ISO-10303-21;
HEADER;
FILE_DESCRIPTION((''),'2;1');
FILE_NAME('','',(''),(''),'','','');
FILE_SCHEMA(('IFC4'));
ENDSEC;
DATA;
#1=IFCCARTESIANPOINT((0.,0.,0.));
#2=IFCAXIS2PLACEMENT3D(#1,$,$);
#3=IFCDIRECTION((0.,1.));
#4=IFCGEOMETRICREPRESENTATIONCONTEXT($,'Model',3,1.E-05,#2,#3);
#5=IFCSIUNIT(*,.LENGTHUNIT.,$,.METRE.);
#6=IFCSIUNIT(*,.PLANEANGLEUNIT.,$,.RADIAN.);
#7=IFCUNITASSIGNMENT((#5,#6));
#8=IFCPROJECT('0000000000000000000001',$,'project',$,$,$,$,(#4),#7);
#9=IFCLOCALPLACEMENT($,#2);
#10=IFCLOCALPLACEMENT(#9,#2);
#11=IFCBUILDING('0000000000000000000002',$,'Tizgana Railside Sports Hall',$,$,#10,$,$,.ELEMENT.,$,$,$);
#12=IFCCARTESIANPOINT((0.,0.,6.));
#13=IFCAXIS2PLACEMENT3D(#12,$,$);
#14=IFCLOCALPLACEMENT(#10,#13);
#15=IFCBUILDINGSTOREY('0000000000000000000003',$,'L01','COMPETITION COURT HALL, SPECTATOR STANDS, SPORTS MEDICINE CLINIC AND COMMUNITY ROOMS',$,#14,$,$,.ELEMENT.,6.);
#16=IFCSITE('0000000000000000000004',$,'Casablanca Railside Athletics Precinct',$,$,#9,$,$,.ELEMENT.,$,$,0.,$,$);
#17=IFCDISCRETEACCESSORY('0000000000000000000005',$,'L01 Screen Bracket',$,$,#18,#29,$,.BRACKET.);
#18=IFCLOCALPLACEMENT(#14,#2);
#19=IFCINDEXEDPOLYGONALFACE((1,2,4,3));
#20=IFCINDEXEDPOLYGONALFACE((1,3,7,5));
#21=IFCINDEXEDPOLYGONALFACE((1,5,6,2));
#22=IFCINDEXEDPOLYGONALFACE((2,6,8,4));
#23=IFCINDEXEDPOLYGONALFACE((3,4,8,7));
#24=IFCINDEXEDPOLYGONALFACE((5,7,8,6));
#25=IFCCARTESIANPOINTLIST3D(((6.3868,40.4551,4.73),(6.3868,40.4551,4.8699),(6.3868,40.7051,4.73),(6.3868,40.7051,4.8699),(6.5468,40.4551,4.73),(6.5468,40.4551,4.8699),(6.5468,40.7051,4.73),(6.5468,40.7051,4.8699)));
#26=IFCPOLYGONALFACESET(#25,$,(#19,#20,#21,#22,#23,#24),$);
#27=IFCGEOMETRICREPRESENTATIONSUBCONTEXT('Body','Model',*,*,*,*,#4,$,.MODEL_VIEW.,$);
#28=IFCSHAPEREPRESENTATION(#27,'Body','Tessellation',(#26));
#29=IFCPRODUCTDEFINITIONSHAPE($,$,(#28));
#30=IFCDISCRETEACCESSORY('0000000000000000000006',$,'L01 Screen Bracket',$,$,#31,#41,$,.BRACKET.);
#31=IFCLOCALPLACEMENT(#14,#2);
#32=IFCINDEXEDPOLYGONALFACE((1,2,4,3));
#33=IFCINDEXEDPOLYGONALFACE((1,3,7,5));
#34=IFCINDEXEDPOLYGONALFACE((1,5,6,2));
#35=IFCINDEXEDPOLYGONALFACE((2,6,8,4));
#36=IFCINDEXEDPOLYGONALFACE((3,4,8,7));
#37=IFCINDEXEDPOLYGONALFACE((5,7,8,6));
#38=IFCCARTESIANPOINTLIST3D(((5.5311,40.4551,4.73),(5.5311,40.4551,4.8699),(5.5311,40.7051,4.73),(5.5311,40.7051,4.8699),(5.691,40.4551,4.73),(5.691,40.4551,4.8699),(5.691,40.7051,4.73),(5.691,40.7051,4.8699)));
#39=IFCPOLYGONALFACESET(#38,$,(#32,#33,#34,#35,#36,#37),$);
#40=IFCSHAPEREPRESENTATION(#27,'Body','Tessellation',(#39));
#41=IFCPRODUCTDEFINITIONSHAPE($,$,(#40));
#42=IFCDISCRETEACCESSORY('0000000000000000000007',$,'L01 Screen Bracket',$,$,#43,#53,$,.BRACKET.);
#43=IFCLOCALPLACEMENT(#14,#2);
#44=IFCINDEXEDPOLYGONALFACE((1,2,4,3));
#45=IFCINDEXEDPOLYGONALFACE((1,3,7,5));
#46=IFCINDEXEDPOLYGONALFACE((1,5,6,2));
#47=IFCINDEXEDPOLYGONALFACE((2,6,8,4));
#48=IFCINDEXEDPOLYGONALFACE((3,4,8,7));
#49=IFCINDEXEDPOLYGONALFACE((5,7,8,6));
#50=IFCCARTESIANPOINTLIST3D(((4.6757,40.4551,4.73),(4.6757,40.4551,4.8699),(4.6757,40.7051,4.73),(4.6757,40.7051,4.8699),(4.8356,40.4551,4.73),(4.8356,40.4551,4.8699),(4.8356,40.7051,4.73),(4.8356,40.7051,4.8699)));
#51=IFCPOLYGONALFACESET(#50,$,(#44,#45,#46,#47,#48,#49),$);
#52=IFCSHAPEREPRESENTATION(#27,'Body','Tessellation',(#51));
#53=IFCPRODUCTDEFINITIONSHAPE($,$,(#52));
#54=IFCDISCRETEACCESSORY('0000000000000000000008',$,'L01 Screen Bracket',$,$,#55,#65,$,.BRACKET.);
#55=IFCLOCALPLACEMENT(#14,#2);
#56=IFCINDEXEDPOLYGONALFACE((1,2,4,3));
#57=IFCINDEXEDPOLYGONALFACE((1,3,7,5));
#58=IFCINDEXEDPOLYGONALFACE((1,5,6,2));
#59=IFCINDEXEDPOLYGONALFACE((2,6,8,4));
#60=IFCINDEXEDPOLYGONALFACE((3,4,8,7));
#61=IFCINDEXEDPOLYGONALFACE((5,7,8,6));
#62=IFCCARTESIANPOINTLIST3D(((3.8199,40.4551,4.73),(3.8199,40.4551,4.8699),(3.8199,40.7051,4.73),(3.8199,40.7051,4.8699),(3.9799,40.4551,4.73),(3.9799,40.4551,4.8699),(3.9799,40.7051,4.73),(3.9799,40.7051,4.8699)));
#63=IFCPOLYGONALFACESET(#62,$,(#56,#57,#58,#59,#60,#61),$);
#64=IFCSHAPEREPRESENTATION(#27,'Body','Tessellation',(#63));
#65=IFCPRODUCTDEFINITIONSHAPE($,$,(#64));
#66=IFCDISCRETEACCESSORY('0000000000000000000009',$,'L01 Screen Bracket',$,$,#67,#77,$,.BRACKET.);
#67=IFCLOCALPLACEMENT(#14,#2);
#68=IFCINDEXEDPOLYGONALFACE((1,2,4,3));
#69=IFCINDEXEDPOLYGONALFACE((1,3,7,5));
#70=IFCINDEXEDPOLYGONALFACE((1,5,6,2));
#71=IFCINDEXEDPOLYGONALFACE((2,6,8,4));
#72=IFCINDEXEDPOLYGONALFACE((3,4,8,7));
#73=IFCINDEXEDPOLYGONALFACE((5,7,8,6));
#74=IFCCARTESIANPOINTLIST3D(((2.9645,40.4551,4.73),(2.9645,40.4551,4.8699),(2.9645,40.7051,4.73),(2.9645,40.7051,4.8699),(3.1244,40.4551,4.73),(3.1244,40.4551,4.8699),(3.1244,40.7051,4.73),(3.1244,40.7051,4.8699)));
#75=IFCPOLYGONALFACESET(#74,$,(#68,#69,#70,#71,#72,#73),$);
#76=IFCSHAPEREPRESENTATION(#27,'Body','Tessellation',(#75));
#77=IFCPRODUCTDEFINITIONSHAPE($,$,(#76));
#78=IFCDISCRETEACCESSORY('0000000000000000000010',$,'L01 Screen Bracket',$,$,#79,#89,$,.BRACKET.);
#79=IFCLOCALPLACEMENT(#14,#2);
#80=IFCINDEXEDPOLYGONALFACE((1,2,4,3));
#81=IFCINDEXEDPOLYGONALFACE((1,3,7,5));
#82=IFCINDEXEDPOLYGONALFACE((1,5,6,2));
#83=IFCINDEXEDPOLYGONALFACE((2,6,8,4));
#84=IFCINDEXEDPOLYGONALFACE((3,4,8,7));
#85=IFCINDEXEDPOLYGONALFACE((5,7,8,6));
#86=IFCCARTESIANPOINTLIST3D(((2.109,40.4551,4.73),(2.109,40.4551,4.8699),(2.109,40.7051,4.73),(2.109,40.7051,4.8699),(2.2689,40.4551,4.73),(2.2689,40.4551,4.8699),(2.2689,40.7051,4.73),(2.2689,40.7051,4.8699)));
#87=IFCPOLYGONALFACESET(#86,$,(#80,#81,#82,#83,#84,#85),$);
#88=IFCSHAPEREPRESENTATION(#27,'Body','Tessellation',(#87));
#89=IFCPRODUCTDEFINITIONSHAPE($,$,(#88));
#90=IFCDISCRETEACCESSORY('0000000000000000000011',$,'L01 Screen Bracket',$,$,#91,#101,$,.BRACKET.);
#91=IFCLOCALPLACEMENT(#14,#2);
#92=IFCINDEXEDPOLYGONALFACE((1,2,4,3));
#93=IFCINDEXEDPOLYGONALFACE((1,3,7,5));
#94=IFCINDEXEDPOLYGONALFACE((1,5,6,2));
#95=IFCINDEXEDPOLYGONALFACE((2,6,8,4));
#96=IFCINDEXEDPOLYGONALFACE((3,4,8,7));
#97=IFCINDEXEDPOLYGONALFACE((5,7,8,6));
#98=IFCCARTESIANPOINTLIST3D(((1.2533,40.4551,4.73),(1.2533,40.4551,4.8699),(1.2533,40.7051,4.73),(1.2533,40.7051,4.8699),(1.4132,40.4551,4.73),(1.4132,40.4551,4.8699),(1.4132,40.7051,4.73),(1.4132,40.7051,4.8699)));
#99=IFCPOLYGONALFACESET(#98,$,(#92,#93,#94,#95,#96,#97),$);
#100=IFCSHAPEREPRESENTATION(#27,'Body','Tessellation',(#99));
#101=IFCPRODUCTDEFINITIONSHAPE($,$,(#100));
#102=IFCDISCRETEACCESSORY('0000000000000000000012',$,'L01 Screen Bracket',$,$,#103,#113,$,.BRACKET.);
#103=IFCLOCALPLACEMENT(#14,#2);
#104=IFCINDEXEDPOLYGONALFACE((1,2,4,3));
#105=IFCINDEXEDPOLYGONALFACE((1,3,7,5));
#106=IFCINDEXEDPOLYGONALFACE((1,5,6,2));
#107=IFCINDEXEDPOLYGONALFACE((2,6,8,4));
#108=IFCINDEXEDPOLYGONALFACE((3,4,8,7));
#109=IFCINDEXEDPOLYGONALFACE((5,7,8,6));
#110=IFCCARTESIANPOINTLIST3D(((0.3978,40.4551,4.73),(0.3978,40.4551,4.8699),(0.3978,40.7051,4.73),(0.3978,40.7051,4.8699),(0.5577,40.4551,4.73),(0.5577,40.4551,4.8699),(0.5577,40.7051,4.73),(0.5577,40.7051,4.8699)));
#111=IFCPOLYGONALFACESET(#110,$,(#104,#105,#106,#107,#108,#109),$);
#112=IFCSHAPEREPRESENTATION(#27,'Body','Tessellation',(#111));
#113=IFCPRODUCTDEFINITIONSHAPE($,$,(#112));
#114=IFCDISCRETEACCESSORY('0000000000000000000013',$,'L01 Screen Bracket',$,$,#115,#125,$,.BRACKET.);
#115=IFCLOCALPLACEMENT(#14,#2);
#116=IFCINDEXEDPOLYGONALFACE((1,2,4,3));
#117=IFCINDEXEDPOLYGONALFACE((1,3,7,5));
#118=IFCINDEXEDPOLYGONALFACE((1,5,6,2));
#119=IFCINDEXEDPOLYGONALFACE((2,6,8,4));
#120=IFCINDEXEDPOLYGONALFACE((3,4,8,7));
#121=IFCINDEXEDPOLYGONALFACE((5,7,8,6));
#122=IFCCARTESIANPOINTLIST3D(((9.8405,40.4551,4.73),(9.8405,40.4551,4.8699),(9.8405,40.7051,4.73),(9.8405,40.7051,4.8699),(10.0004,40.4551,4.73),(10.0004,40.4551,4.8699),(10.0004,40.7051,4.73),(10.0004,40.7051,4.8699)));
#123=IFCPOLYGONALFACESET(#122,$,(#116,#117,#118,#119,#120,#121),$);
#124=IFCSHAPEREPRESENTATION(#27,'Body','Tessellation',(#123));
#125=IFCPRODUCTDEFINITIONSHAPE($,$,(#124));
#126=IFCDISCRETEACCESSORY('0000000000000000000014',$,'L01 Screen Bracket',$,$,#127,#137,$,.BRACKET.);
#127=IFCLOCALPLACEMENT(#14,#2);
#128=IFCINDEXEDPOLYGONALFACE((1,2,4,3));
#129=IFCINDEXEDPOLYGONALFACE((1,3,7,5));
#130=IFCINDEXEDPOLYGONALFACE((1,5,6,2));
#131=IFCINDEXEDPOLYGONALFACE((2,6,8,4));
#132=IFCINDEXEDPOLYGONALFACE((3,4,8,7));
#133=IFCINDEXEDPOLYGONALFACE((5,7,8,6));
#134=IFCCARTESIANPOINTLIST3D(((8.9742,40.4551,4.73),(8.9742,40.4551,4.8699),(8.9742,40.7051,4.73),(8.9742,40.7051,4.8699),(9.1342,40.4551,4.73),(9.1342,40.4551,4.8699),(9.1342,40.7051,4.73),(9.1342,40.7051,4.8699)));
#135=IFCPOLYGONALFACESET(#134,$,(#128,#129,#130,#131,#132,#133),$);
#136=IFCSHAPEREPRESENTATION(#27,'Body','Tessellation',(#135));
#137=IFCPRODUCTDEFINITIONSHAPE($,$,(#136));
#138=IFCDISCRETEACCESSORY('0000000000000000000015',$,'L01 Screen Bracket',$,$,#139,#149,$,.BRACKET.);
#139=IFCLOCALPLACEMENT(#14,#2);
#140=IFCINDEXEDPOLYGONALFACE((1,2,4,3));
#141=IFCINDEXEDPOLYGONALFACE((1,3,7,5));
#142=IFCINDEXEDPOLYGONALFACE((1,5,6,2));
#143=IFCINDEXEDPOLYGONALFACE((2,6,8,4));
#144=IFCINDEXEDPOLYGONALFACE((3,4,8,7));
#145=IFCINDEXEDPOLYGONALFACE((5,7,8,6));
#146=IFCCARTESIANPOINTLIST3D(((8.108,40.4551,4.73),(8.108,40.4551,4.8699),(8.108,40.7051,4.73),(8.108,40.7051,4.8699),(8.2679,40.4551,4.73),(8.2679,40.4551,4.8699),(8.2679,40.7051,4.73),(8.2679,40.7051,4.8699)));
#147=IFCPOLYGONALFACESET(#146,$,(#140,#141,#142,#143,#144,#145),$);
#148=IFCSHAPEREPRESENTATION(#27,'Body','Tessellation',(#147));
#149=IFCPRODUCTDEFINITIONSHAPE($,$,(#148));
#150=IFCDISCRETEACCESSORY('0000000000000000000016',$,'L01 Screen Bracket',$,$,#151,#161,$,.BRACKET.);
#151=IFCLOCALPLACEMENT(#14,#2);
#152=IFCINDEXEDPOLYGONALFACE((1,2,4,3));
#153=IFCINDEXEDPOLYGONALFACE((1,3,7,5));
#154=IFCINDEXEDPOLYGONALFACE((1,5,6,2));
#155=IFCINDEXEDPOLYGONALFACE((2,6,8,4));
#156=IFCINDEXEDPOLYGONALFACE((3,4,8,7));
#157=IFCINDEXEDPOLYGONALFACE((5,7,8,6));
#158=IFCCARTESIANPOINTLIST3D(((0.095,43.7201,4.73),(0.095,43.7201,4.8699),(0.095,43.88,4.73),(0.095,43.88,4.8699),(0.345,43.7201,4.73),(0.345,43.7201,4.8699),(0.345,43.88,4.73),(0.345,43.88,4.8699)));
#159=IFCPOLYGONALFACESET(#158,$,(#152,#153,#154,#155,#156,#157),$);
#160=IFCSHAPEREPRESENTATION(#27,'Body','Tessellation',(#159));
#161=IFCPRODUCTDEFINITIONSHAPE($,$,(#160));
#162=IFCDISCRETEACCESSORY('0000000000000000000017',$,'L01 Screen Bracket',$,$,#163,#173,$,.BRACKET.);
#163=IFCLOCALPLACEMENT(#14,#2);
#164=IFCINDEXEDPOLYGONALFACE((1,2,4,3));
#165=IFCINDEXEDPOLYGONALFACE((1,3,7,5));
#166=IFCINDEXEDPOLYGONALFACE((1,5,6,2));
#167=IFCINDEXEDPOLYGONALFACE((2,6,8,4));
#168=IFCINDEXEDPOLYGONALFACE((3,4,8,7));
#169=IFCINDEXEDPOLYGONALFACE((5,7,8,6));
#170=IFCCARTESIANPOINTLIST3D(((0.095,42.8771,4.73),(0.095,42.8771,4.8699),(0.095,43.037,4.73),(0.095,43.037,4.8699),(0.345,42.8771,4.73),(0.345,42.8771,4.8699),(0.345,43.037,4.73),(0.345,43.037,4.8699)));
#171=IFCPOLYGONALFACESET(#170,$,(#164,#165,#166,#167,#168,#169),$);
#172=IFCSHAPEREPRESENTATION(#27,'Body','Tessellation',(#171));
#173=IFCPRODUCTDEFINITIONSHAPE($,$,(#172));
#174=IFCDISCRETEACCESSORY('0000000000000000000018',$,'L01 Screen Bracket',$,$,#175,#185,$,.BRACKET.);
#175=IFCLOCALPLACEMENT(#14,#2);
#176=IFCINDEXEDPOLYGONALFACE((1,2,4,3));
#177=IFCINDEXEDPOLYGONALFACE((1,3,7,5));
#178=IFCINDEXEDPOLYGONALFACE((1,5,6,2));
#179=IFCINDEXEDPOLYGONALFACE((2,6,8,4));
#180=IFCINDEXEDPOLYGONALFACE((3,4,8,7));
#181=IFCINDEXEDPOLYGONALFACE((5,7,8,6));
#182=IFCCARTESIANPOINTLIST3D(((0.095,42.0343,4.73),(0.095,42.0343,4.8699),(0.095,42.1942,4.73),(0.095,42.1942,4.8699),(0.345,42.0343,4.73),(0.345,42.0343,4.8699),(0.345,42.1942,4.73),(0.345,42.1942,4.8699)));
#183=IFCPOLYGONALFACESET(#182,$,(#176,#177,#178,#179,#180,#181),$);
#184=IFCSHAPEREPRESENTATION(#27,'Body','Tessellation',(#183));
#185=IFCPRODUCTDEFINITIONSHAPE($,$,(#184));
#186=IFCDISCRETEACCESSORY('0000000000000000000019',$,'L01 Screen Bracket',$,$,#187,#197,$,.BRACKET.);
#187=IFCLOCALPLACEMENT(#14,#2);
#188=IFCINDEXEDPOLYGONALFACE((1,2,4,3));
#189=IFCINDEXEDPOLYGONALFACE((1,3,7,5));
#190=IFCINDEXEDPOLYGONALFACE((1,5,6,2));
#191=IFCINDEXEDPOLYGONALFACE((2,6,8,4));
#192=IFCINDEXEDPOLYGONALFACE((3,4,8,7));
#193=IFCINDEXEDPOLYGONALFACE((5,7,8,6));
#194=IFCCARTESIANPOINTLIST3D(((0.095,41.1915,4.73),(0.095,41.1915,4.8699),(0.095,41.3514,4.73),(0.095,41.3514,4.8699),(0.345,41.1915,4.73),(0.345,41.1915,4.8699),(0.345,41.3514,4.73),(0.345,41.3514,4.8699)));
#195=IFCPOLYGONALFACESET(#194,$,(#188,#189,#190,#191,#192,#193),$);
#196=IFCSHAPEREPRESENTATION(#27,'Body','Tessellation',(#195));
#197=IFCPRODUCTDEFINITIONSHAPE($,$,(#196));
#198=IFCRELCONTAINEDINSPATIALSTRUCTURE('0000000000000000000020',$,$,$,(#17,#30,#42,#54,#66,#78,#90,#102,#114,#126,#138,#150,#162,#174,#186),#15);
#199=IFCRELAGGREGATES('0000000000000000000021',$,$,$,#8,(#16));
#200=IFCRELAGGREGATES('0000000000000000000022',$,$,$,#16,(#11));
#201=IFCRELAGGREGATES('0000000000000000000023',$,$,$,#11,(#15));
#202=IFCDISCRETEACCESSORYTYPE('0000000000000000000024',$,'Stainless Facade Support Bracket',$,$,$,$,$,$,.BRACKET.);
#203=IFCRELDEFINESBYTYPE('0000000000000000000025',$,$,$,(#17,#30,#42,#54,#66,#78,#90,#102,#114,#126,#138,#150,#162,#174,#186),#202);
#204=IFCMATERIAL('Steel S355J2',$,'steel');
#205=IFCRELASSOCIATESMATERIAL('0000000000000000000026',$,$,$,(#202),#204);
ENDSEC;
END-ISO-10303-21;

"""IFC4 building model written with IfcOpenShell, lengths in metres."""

from ifc_helpers import new_model, si_unit, direction, frame, origin, origin_2d, place, context, subcontext, project, spatial, rectangle, extrude, material, type_object, element, save


model = new_model("IFC4")

# Units and contexts
model_context = context("Model", 3, precision=1e-05, world=origin(), true_north=direction((0.0, 1.0)))
body_context = subcontext(model_context, "Body", "Model", "MODEL_VIEW")
ifc_project = project(units=[si_unit("LENGTHUNIT", "METRE"), si_unit("PLANEANGLEUNIT", "RADIAN")], contexts=[model_context])

# Site, building, storey
site_placement = place(None, origin())
site = spatial("IfcSite", under=ifc_project, at=site_placement, Name="Casablanca Railside Athletics Precinct", CompositionType="ELEMENT", RefElevation=0.0)
building_placement = place(site_placement, origin())
building = spatial("IfcBuilding", under=site, at=building_placement, Name="Tizgana Railside Sports Hall", CompositionType="ELEMENT")
storey_placement = place(building_placement, frame((0.0, 0.0, 6.0)))
storey = spatial("IfcBuildingStorey", under=building, at=storey_placement, Name="L01", Description="COMPETITION COURT HALL, SPECTATOR STANDS, SPORTS MEDICINE CLINIC AND COMMUNITY ROOMS", CompositionType="ELEMENT", Elevation=6.0)

# Shared definitions
ifc_material_1 = material(Name="Steel S355J2", Category="steel")

# Discrete accessories
discrete_accessory_type = type_object("IfcDiscreteAccessoryType", Name="Stainless Facade Support Bracket", PredefinedType="BRACKET", material=ifc_material_1)
for number, where, z_axis, x_axis, name in (
    (1, (6.4668, 40.5801, 4.73), (0.0, 0.0, 1.0), (-1.0, 0.0, 0.0), "L01 Screen Bracket"),
    (2, (5.6111, 40.5801, 4.73), (0.0, 0.0, 1.0), (-1.0, 0.0, 0.0), "L01 Screen Bracket"),
    (3, (4.7556, 40.5801, 4.73), (0.0, 0.0, 1.0), (-1.0, 0.0, 0.0), "L01 Screen Bracket"),
    (4, (3.8999, 40.5801, 4.73), (0.0, 0.0, 1.0), (-1.0, 0.0, 0.0), "L01 Screen Bracket"),
    (5, (3.0444, 40.5801, 4.73), (0.0, 0.0, 1.0), (-1.0, 0.0, 0.0), "L01 Screen Bracket"),
    (6, (2.189, 40.5801, 4.73), (0.0, 0.0, 1.0), (-1.0, 0.0, 0.0), "L01 Screen Bracket"),
    (7, (1.3333, 40.5801, 4.73), (0.0, 0.0, 1.0), (-1.0, 0.0, 0.0), "L01 Screen Bracket"),
    (8, (0.4778, 40.5801, 4.73), (0.0, 0.0, 1.0), (-1.0, 0.0, 0.0), "L01 Screen Bracket"),
    (9, (9.9204, 40.5801, 4.73), (0.0, 0.0, 1.0), (-1.0, 0.0, 0.0), "L01 Screen Bracket"),
    (10, (9.0542, 40.5801, 4.73), (0.0, 0.0, 1.0), (-1.0, 0.0, 0.0), "L01 Screen Bracket"),
    (11, (8.188, 40.5801, 4.73), (0.0, 0.0, 1.0), (-1.0, 0.0, 0.0), "L01 Screen Bracket"),
    (12, (0.22, 43.8, 4.73), (0.0, 0.0, 1.0), (0.0, -1.0, 0.0), "L01 Screen Bracket"),
    (13, (0.22, 42.957, 4.73), (0.0, 0.0, 1.0), (0.0, -1.0, 0.0), "L01 Screen Bracket"),
    (14, (0.22, 42.1143, 4.73), (0.0, 0.0, 1.0), (0.0, -1.0, 0.0), "L01 Screen Bracket"),
    (15, (0.22, 41.2715, 4.73), (0.0, 0.0, 1.0), (0.0, -1.0, 0.0), "L01 Screen Bracket"),
):
    element("IfcDiscreteAccessory", number, at=place(storey_placement, frame(where, z_axis=z_axis, x_axis=x_axis)), inside=storey, type_object=discrete_accessory_type, Name=name, PredefinedType="BRACKET", context=body_context, shape_type="SweptSolid", body=[
        extrude(rectangle(XDim=0.1599, YDim=0.25, at=origin_2d()), origin(), (0.0, 0.0, 1.0), 0.1399),
    ])

save(model, "model.ifc")
